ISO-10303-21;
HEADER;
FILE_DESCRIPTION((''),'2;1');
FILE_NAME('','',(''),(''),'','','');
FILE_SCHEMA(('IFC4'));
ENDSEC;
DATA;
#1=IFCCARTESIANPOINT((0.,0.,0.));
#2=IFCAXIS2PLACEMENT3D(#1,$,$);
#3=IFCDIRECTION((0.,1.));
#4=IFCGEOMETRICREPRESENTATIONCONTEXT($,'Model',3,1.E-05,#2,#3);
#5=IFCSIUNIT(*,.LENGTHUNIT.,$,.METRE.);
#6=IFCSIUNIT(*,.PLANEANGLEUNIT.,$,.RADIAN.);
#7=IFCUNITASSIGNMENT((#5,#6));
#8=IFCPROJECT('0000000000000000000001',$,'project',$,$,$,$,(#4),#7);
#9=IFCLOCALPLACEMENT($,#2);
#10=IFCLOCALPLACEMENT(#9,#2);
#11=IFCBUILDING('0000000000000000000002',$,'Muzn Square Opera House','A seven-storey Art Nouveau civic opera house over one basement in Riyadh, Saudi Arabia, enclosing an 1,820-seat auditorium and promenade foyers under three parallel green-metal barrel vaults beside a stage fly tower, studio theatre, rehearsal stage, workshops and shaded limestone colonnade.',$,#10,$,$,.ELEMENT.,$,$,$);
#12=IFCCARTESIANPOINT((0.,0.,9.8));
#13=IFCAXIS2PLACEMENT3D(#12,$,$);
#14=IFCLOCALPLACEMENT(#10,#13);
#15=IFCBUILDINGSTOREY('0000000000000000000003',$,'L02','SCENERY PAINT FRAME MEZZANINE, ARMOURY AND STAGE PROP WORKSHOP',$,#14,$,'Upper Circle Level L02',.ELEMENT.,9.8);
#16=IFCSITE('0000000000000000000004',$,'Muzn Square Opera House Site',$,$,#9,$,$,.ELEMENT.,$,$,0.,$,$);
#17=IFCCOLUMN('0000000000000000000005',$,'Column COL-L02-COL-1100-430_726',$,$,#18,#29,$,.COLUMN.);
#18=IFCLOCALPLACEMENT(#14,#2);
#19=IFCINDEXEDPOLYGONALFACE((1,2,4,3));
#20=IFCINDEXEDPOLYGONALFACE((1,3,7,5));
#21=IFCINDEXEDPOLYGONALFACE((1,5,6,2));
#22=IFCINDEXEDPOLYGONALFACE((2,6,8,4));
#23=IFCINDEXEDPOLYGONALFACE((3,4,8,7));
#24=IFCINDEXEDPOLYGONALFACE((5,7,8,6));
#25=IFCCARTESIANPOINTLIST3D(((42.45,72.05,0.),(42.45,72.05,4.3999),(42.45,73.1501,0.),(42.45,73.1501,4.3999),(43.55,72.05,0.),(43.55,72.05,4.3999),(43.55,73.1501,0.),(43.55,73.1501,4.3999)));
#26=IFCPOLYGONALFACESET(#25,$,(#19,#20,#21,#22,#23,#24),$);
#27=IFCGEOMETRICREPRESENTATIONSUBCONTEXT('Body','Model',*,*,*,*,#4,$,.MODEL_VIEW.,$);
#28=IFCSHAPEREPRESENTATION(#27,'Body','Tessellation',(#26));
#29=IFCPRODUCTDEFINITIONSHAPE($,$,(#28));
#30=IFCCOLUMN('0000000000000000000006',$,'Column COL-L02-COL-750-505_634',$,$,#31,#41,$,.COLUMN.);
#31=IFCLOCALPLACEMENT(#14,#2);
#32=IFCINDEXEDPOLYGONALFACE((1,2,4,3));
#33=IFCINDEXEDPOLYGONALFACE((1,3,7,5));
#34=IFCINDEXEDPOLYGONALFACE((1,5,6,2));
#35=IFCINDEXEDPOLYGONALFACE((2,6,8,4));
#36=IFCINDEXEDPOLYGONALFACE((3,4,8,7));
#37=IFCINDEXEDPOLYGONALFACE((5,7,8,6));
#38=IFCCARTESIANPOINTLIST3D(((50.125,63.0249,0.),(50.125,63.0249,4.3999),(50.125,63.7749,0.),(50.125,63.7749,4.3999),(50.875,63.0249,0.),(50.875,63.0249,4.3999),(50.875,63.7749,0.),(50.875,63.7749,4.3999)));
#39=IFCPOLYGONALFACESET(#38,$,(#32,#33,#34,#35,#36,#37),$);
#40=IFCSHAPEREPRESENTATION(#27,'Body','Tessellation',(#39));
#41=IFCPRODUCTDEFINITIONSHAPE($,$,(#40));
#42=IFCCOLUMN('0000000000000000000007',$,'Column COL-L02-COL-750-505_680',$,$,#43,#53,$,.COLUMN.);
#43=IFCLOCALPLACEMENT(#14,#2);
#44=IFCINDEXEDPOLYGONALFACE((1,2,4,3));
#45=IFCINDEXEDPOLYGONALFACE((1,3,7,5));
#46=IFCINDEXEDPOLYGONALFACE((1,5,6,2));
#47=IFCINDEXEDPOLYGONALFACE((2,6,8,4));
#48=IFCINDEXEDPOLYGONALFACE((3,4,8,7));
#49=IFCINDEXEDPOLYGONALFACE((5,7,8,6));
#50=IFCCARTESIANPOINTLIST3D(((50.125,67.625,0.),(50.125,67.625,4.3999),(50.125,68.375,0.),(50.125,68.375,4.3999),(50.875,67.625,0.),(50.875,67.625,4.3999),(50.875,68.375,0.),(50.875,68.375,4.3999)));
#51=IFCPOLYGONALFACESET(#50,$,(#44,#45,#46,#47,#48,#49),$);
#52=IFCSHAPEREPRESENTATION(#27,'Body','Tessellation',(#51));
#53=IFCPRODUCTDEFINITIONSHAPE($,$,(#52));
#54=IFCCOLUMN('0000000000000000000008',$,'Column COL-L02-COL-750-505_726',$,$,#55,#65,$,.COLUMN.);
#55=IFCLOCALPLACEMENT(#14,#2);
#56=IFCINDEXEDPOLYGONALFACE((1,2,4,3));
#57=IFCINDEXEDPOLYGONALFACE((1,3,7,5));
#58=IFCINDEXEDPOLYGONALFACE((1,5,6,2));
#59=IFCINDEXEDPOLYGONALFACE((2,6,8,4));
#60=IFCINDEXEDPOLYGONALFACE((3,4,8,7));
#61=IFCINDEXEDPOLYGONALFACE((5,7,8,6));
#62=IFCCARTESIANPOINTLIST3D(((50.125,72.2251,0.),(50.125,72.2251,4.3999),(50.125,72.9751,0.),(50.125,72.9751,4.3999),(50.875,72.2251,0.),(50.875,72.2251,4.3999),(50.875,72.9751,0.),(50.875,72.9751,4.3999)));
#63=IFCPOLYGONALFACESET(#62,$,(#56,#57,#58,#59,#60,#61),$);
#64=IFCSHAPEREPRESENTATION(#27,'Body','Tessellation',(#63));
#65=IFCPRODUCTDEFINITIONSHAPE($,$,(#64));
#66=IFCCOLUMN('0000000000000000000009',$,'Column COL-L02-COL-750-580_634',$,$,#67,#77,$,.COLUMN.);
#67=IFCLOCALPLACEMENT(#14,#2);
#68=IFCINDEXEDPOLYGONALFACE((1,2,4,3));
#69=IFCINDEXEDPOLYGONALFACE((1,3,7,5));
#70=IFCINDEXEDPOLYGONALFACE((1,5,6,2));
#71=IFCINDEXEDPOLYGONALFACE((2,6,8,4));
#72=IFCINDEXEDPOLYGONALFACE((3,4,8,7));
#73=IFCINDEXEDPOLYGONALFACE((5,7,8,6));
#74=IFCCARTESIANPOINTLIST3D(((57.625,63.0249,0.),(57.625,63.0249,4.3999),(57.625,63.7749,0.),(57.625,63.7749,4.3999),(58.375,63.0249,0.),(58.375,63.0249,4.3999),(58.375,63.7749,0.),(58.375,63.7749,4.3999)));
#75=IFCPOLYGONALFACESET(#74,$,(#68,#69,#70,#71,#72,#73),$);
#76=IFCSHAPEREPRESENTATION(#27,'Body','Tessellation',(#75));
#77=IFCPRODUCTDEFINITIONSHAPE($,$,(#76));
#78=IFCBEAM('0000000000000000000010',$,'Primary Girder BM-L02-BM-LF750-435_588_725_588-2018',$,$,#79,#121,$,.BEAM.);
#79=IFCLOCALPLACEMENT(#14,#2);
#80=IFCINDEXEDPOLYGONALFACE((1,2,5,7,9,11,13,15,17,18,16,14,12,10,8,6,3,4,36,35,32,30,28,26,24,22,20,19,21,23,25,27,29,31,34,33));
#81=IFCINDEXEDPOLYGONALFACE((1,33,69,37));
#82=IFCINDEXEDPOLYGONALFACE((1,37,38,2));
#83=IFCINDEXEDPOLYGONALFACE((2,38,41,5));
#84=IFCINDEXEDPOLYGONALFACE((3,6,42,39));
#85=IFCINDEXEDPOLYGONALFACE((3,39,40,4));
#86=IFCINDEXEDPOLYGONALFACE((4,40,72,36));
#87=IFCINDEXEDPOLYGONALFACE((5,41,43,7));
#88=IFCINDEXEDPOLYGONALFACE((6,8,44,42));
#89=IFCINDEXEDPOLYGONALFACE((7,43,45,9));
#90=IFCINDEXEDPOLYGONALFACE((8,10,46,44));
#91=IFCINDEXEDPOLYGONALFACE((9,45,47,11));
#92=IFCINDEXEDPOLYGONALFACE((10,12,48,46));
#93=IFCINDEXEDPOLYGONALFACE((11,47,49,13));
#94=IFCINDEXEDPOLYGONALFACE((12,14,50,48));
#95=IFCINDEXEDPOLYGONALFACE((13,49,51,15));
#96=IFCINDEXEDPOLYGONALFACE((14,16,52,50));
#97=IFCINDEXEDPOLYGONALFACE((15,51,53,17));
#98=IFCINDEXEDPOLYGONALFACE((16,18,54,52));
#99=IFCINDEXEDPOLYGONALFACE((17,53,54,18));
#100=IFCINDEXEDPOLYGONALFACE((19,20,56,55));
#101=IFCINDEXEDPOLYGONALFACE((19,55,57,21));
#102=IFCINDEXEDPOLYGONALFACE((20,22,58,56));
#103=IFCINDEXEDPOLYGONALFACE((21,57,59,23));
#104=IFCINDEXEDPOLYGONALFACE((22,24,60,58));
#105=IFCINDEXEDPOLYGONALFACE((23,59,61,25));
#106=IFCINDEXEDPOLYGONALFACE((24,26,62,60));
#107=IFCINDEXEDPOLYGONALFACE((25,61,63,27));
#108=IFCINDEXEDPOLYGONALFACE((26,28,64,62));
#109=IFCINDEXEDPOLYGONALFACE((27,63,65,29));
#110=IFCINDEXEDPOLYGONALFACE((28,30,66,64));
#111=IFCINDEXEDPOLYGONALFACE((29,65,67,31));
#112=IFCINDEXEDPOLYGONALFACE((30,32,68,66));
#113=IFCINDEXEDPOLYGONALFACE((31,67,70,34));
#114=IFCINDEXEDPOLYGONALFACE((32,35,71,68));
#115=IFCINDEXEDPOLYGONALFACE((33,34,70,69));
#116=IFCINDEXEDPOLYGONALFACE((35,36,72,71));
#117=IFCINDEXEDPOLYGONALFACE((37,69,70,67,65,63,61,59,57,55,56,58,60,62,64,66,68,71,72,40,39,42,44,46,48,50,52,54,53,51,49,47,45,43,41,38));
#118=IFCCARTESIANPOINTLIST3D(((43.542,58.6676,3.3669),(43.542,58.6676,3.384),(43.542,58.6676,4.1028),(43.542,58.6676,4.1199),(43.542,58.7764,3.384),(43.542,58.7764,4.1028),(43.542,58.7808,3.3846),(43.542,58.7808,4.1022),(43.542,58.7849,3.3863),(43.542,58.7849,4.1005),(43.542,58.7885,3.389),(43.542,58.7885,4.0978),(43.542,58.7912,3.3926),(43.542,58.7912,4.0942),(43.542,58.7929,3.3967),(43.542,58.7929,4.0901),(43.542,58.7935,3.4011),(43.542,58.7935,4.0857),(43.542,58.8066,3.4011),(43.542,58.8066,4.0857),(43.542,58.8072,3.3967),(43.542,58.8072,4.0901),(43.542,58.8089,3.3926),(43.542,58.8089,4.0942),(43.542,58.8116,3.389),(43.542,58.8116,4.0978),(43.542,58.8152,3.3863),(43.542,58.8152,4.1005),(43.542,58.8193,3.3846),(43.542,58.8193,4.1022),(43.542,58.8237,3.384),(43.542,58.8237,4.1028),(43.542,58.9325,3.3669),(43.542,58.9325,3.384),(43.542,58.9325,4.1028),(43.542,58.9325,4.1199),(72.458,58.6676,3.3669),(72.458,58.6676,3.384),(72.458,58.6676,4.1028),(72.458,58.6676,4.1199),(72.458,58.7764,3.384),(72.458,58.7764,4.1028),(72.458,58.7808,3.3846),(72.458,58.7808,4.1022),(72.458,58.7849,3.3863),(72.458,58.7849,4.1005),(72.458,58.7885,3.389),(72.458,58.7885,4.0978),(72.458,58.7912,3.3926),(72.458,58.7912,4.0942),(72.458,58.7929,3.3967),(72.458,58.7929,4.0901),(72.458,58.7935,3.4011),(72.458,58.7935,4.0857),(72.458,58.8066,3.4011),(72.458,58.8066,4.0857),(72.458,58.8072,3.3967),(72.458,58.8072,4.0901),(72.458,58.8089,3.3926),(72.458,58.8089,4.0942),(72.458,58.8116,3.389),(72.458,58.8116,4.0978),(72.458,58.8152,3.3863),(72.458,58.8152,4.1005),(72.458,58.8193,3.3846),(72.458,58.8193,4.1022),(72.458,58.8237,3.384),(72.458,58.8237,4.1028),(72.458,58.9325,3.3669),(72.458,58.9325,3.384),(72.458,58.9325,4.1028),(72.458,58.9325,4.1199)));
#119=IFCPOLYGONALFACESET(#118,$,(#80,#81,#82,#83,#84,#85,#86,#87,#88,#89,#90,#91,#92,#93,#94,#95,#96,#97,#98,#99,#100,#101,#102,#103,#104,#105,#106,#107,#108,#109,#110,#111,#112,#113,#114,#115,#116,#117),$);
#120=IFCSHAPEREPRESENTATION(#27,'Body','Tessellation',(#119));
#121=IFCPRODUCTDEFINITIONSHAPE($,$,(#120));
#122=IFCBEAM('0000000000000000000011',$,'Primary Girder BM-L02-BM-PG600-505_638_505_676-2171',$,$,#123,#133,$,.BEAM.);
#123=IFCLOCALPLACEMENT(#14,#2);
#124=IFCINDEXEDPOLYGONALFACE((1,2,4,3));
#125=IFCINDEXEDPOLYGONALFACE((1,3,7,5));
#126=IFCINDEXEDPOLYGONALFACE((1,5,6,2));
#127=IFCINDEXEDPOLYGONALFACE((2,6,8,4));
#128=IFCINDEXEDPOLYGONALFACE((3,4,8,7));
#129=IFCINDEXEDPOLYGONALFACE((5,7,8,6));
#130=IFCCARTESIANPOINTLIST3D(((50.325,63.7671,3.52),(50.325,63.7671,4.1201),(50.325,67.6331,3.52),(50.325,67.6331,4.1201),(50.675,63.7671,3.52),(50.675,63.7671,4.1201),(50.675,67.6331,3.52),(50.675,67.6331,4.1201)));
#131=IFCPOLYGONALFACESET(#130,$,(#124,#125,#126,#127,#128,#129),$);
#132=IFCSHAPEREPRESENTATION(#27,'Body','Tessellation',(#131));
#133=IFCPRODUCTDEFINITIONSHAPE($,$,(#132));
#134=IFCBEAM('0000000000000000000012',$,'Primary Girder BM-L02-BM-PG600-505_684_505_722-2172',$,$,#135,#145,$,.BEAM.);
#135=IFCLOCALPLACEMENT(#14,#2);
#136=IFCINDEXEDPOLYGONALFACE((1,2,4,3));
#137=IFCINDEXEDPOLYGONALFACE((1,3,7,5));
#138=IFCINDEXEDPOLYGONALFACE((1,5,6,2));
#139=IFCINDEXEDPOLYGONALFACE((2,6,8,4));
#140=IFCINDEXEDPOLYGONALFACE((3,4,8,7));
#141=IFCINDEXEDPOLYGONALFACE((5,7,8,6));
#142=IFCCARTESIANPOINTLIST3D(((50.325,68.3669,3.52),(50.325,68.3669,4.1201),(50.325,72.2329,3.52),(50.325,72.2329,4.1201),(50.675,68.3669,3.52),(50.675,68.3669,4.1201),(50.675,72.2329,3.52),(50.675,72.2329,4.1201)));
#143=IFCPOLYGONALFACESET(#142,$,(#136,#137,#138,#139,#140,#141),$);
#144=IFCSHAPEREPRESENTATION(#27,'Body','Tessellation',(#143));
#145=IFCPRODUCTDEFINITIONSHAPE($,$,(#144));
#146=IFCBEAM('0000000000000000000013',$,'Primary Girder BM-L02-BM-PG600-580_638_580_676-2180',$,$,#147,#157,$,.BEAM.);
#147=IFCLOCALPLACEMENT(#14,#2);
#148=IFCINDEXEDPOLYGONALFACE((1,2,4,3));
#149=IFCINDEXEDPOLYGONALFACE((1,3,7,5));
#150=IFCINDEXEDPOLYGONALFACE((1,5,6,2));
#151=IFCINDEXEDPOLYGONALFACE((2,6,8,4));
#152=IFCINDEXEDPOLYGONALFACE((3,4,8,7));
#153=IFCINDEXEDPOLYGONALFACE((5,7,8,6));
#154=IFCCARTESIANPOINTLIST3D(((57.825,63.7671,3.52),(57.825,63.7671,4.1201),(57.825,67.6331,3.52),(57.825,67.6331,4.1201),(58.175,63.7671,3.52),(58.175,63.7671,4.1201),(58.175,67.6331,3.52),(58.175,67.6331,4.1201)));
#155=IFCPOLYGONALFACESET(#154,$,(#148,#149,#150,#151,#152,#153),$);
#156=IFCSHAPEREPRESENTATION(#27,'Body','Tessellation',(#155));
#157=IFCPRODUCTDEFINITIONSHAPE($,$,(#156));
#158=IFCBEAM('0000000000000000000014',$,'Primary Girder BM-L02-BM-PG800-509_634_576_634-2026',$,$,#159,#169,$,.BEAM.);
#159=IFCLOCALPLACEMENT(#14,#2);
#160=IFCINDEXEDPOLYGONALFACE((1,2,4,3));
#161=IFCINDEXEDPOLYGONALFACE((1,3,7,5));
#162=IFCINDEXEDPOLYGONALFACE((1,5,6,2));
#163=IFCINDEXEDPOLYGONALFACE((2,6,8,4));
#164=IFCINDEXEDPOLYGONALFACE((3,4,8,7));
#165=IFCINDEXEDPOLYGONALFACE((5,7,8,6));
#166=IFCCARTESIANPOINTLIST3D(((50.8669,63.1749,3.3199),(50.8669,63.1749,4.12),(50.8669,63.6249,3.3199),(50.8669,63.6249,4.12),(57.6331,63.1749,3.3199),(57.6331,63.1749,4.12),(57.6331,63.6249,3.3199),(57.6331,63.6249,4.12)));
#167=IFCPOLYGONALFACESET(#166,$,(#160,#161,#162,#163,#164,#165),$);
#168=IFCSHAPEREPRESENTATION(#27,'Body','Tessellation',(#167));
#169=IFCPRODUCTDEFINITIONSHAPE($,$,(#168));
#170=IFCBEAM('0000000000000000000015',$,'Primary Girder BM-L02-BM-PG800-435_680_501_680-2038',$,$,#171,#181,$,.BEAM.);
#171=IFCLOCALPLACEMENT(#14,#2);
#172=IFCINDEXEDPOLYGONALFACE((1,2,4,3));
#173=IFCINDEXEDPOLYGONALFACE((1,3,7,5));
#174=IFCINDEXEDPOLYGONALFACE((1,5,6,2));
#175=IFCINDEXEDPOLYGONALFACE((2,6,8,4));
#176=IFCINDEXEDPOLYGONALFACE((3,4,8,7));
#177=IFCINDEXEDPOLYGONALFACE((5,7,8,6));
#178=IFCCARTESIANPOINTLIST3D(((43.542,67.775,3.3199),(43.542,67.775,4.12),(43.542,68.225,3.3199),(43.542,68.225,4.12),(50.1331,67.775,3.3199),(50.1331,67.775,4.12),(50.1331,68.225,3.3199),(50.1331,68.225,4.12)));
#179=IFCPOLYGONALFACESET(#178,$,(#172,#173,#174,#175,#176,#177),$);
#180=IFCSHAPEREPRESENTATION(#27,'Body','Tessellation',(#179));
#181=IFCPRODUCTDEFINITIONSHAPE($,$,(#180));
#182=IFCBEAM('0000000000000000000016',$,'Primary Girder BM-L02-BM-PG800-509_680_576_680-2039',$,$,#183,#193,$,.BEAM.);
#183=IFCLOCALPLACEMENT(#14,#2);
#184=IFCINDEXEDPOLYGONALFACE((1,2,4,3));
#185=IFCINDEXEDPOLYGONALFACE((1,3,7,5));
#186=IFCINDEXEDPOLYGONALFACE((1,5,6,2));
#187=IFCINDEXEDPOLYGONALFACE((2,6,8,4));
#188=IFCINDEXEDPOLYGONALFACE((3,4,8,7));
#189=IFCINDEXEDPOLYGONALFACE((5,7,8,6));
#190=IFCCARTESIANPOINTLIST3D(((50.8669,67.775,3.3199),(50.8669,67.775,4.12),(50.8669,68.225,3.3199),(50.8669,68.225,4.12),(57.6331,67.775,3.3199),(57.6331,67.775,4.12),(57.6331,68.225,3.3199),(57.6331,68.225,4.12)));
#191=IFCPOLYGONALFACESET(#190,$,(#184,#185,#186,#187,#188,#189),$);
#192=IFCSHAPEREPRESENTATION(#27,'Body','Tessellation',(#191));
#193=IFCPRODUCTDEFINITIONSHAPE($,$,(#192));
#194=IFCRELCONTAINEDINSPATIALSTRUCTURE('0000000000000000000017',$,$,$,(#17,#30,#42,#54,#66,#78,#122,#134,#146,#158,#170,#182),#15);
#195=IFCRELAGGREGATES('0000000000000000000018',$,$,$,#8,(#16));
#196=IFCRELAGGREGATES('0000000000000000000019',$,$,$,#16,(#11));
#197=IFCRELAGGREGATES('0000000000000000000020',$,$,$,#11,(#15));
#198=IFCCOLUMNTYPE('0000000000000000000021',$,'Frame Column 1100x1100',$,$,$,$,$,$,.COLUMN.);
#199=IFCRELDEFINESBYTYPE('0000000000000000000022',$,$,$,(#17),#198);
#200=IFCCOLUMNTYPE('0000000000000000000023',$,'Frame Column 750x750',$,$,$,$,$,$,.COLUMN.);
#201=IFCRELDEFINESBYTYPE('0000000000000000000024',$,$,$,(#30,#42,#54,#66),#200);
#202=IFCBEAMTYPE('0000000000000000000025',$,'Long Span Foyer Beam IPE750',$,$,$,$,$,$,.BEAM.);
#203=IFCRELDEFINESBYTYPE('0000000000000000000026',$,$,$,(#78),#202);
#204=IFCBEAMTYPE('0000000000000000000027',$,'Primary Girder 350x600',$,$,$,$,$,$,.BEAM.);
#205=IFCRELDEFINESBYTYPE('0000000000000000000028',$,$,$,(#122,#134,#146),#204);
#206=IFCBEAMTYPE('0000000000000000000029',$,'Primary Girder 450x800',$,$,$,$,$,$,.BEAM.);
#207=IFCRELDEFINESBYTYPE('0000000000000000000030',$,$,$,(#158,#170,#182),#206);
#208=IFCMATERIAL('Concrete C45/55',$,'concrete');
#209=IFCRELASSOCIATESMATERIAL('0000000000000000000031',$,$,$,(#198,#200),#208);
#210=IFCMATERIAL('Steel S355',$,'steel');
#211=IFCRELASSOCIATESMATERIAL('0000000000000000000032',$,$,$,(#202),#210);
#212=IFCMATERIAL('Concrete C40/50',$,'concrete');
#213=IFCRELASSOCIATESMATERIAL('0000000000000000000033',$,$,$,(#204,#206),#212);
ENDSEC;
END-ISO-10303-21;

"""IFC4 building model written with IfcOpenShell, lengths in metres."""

from ifc_helpers import new_model, si_unit, direction, frame, origin, origin_2d, place, context, subcontext, project, spatial, rectangle, i_section, extrude, material, material_profile, profile_set, type_object, element, save


model = new_model("IFC4")

# Units and contexts
model_context = context("Model", 3, precision=1e-05, world=origin(), true_north=direction((0.0, 1.0)))
body_context = subcontext(model_context, "Body", "Model", "MODEL_VIEW")
ifc_project = project(units=[si_unit("LENGTHUNIT", "METRE"), si_unit("PLANEANGLEUNIT", "RADIAN")], contexts=[model_context])

# Site, building, storey
site_placement = place(None, origin())
site = spatial("IfcSite", under=ifc_project, at=site_placement, Name="Muzn Square Opera House Site", CompositionType="ELEMENT", RefElevation=0.0)
building_placement = place(site_placement, origin())
building = spatial("IfcBuilding", under=site, at=building_placement, Name="Muzn Square Opera House", Description="A seven-storey Art Nouveau civic opera house over one basement in Riyadh, Saudi Arabia, enclosing an 1,820-seat auditorium and promenade foyers under three parallel green-metal barrel vaults beside a stage fly tower, studio theatre, rehearsal stage, workshops and shaded limestone colonnade.", CompositionType="ELEMENT")
storey_placement = place(building_placement, frame((0.0, 0.0, 9.8)))
storey = spatial("IfcBuildingStorey", under=building, at=storey_placement, Name="L02", Description="SCENERY PAINT FRAME MEZZANINE, ARMOURY AND STAGE PROP WORKSHOP", LongName="Upper Circle Level L02", CompositionType="ELEMENT", Elevation=9.8)

# Columns
ifc_material_1 = material(Name="Concrete C45/55", Category="concrete")
ifc_material_profile_1 = material_profile(ifc_material_1, rectangle(XDim=1.1001, YDim=1.1001, at=origin_2d()), Name="RC 1100x1100", Category="concrete")
ifc_profile_set_1 = profile_set([ifc_material_profile_1], Name="Concrete C45/55")
column_type_1 = type_object("IfcColumnType", Name="Frame Column 1100x1100", PredefinedType="COLUMN", material=ifc_profile_set_1)
column_placement = place(storey_placement, frame((43.0, 72.6001, 0.0), z_axis=(0.0, 0.0, 1.0), x_axis=(1.0, 0.0, 0.0)))
element("IfcColumn", 1, at=column_placement, inside=storey, type_object=column_type_1, Name="Column COL-L02-COL-1100-430_726", PredefinedType="COLUMN", context=body_context, shape_type="SweptSolid", body=[
    extrude(rectangle(XDim=1.1001, YDim=1.1001, at=origin_2d()), origin(), (0.0, 0.0, 1.0), 4.3999),
])
ifc_material_profile_2 = material_profile(ifc_material_1, rectangle(XDim=0.75, YDim=0.75, at=origin_2d()), Name="RC 750x750", Category="concrete")
ifc_profile_set_2 = profile_set([ifc_material_profile_2], Name="Concrete C45/55")
column_type_2 = type_object("IfcColumnType", Name="Frame Column 750x750", PredefinedType="COLUMN", material=ifc_profile_set_2)
for number, where, z_axis, x_axis, name in (
    (2, (50.5, 63.3999, 0.0), (0.0, 0.0, 1.0), (1.0, 0.0, 0.0), "Column COL-L02-COL-750-505_634"),
    (3, (50.5, 68.0, 0.0), (0.0, 0.0, 1.0), (1.0, 0.0, 0.0), "Column COL-L02-COL-750-505_680"),
    (4, (50.5, 72.6001, 0.0), (0.0, 0.0, 1.0), (1.0, 0.0, 0.0), "Column COL-L02-COL-750-505_726"),
    (5, (58.0, 63.3999, 0.0), (0.0, 0.0, 1.0), (1.0, 0.0, 0.0), "Column COL-L02-COL-750-580_634"),
):
    element("IfcColumn", number, at=place(storey_placement, frame(where, z_axis=z_axis, x_axis=x_axis)), inside=storey, type_object=column_type_2, Name=name, PredefinedType="COLUMN", context=body_context, shape_type="SweptSolid", body=[
        extrude(rectangle(XDim=0.75, YDim=0.75, at=origin_2d()), origin(), (0.0, 0.0, 1.0), 4.3999),
    ])

# Beams
ifc_material_2 = material(Name="Steel S355", Category="steel")
ifc_material_profile_3 = material_profile(ifc_material_2, i_section(OverallWidth=0.2649, OverallDepth=0.7529, WebThickness=0.0132, FlangeThickness=0.0171, FilletRadius=0.0171, at=origin_2d()), Name="IPE 750x147", Category="steel")
ifc_profile_set_3 = profile_set([ifc_material_profile_3], Name="Steel S355")
beam_type_1 = type_object("IfcBeamType", Name="Long Span Foyer Beam IPE750", PredefinedType="BEAM", material=ifc_profile_set_3)
beam_1_placement = place(storey_placement, frame((43.542, 58.8, 3.7434), z_axis=(1.0, 0.0, 0.0), x_axis=(0.0, 1.0, 0.0)))
element("IfcBeam", 6, at=beam_1_placement, inside=storey, type_object=beam_type_1, Name="Primary Girder BM-L02-BM-LF750-435_588_725_588-2018", PredefinedType="BEAM", context=body_context, shape_type="SweptSolid", body=[
    extrude(i_section(OverallWidth=0.2649, OverallDepth=0.7529, WebThickness=0.0132, FlangeThickness=0.0171, FilletRadius=0.0171, at=origin_2d()), origin(), (0.0, 0.0, 1.0), 28.916),
])
ifc_material_3 = material(Name="Concrete C40/50", Category="concrete")
ifc_material_profile_4 = material_profile(ifc_material_3, rectangle(XDim=0.3501, YDim=0.6001, at=origin_2d()), Name="RCB 350x600", Category="concrete")
ifc_profile_set_4 = profile_set([ifc_material_profile_4], Name="Concrete C40/50")
beam_type_2 = type_object("IfcBeamType", Name="Primary Girder 350x600", PredefinedType="BEAM", material=ifc_profile_set_4)
for number, where, z_axis, x_axis, name in (
    (7, (50.5, 63.7671, 3.8201), (0.0, 1.0, 0.0), (-1.0, 0.0, 0.0), "Primary Girder BM-L02-BM-PG600-505_638_505_676-2171"),
    (8, (50.5, 68.3669, 3.8201), (0.0, 1.0, 0.0), (-1.0, 0.0, 0.0), "Primary Girder BM-L02-BM-PG600-505_684_505_722-2172"),
    (9, (58.0, 63.7671, 3.8201), (0.0, 1.0, 0.0), (-1.0, 0.0, 0.0), "Primary Girder BM-L02-BM-PG600-580_638_580_676-2180"),
):
    element("IfcBeam", number, at=place(storey_placement, frame(where, z_axis=z_axis, x_axis=x_axis)), inside=storey, type_object=beam_type_2, Name=name, PredefinedType="BEAM", context=body_context, shape_type="SweptSolid", body=[
        extrude(rectangle(XDim=0.3501, YDim=0.6001, at=origin_2d()), origin(), (0.0, 0.0, 1.0), 3.866),
    ])
ifc_material_profile_5 = material_profile(ifc_material_3, rectangle(XDim=0.45, YDim=0.8, at=origin_2d()), Name="RCB 450x800", Category="concrete")
ifc_profile_set_5 = profile_set([ifc_material_profile_5], Name="Concrete C40/50")
beam_type_3 = type_object("IfcBeamType", Name="Primary Girder 450x800", PredefinedType="BEAM", material=ifc_profile_set_5)
beam_2_placement = place(storey_placement, frame((50.8669, 63.3999, 3.72), z_axis=(1.0, 0.0, 0.0), x_axis=(0.0, 1.0, 0.0)))
element("IfcBeam", 10, at=beam_2_placement, inside=storey, type_object=beam_type_3, Name="Primary Girder BM-L02-BM-PG800-509_634_576_634-2026", PredefinedType="BEAM", context=body_context, shape_type="SweptSolid", body=[
    extrude(rectangle(XDim=0.45, YDim=0.8, at=origin_2d()), origin(), (0.0, 0.0, 1.0), 6.7661),
])
beam_3_placement = place(storey_placement, frame((43.542, 68.0, 3.72), z_axis=(1.0, 0.0, 0.0), x_axis=(0.0, 1.0, 0.0)))
element("IfcBeam", 11, at=beam_3_placement, inside=storey, type_object=beam_type_3, Name="Primary Girder BM-L02-BM-PG800-435_680_501_680-2038", PredefinedType="BEAM", context=body_context, shape_type="SweptSolid", body=[
    extrude(rectangle(XDim=0.45, YDim=0.8, at=origin_2d()), origin(), (0.0, 0.0, 1.0), 6.5911),
])
beam_4_placement = place(storey_placement, frame((50.8669, 68.0, 3.72), z_axis=(1.0, 0.0, 0.0), x_axis=(0.0, 1.0, 0.0)))
element("IfcBeam", 12, at=beam_4_placement, inside=storey, type_object=beam_type_3, Name="Primary Girder BM-L02-BM-PG800-509_680_576_680-2039", PredefinedType="BEAM", context=body_context, shape_type="SweptSolid", body=[
    extrude(rectangle(XDim=0.45, YDim=0.8, at=origin_2d()), origin(), (0.0, 0.0, 1.0), 6.7661),
])

save(model, "model.ifc")
